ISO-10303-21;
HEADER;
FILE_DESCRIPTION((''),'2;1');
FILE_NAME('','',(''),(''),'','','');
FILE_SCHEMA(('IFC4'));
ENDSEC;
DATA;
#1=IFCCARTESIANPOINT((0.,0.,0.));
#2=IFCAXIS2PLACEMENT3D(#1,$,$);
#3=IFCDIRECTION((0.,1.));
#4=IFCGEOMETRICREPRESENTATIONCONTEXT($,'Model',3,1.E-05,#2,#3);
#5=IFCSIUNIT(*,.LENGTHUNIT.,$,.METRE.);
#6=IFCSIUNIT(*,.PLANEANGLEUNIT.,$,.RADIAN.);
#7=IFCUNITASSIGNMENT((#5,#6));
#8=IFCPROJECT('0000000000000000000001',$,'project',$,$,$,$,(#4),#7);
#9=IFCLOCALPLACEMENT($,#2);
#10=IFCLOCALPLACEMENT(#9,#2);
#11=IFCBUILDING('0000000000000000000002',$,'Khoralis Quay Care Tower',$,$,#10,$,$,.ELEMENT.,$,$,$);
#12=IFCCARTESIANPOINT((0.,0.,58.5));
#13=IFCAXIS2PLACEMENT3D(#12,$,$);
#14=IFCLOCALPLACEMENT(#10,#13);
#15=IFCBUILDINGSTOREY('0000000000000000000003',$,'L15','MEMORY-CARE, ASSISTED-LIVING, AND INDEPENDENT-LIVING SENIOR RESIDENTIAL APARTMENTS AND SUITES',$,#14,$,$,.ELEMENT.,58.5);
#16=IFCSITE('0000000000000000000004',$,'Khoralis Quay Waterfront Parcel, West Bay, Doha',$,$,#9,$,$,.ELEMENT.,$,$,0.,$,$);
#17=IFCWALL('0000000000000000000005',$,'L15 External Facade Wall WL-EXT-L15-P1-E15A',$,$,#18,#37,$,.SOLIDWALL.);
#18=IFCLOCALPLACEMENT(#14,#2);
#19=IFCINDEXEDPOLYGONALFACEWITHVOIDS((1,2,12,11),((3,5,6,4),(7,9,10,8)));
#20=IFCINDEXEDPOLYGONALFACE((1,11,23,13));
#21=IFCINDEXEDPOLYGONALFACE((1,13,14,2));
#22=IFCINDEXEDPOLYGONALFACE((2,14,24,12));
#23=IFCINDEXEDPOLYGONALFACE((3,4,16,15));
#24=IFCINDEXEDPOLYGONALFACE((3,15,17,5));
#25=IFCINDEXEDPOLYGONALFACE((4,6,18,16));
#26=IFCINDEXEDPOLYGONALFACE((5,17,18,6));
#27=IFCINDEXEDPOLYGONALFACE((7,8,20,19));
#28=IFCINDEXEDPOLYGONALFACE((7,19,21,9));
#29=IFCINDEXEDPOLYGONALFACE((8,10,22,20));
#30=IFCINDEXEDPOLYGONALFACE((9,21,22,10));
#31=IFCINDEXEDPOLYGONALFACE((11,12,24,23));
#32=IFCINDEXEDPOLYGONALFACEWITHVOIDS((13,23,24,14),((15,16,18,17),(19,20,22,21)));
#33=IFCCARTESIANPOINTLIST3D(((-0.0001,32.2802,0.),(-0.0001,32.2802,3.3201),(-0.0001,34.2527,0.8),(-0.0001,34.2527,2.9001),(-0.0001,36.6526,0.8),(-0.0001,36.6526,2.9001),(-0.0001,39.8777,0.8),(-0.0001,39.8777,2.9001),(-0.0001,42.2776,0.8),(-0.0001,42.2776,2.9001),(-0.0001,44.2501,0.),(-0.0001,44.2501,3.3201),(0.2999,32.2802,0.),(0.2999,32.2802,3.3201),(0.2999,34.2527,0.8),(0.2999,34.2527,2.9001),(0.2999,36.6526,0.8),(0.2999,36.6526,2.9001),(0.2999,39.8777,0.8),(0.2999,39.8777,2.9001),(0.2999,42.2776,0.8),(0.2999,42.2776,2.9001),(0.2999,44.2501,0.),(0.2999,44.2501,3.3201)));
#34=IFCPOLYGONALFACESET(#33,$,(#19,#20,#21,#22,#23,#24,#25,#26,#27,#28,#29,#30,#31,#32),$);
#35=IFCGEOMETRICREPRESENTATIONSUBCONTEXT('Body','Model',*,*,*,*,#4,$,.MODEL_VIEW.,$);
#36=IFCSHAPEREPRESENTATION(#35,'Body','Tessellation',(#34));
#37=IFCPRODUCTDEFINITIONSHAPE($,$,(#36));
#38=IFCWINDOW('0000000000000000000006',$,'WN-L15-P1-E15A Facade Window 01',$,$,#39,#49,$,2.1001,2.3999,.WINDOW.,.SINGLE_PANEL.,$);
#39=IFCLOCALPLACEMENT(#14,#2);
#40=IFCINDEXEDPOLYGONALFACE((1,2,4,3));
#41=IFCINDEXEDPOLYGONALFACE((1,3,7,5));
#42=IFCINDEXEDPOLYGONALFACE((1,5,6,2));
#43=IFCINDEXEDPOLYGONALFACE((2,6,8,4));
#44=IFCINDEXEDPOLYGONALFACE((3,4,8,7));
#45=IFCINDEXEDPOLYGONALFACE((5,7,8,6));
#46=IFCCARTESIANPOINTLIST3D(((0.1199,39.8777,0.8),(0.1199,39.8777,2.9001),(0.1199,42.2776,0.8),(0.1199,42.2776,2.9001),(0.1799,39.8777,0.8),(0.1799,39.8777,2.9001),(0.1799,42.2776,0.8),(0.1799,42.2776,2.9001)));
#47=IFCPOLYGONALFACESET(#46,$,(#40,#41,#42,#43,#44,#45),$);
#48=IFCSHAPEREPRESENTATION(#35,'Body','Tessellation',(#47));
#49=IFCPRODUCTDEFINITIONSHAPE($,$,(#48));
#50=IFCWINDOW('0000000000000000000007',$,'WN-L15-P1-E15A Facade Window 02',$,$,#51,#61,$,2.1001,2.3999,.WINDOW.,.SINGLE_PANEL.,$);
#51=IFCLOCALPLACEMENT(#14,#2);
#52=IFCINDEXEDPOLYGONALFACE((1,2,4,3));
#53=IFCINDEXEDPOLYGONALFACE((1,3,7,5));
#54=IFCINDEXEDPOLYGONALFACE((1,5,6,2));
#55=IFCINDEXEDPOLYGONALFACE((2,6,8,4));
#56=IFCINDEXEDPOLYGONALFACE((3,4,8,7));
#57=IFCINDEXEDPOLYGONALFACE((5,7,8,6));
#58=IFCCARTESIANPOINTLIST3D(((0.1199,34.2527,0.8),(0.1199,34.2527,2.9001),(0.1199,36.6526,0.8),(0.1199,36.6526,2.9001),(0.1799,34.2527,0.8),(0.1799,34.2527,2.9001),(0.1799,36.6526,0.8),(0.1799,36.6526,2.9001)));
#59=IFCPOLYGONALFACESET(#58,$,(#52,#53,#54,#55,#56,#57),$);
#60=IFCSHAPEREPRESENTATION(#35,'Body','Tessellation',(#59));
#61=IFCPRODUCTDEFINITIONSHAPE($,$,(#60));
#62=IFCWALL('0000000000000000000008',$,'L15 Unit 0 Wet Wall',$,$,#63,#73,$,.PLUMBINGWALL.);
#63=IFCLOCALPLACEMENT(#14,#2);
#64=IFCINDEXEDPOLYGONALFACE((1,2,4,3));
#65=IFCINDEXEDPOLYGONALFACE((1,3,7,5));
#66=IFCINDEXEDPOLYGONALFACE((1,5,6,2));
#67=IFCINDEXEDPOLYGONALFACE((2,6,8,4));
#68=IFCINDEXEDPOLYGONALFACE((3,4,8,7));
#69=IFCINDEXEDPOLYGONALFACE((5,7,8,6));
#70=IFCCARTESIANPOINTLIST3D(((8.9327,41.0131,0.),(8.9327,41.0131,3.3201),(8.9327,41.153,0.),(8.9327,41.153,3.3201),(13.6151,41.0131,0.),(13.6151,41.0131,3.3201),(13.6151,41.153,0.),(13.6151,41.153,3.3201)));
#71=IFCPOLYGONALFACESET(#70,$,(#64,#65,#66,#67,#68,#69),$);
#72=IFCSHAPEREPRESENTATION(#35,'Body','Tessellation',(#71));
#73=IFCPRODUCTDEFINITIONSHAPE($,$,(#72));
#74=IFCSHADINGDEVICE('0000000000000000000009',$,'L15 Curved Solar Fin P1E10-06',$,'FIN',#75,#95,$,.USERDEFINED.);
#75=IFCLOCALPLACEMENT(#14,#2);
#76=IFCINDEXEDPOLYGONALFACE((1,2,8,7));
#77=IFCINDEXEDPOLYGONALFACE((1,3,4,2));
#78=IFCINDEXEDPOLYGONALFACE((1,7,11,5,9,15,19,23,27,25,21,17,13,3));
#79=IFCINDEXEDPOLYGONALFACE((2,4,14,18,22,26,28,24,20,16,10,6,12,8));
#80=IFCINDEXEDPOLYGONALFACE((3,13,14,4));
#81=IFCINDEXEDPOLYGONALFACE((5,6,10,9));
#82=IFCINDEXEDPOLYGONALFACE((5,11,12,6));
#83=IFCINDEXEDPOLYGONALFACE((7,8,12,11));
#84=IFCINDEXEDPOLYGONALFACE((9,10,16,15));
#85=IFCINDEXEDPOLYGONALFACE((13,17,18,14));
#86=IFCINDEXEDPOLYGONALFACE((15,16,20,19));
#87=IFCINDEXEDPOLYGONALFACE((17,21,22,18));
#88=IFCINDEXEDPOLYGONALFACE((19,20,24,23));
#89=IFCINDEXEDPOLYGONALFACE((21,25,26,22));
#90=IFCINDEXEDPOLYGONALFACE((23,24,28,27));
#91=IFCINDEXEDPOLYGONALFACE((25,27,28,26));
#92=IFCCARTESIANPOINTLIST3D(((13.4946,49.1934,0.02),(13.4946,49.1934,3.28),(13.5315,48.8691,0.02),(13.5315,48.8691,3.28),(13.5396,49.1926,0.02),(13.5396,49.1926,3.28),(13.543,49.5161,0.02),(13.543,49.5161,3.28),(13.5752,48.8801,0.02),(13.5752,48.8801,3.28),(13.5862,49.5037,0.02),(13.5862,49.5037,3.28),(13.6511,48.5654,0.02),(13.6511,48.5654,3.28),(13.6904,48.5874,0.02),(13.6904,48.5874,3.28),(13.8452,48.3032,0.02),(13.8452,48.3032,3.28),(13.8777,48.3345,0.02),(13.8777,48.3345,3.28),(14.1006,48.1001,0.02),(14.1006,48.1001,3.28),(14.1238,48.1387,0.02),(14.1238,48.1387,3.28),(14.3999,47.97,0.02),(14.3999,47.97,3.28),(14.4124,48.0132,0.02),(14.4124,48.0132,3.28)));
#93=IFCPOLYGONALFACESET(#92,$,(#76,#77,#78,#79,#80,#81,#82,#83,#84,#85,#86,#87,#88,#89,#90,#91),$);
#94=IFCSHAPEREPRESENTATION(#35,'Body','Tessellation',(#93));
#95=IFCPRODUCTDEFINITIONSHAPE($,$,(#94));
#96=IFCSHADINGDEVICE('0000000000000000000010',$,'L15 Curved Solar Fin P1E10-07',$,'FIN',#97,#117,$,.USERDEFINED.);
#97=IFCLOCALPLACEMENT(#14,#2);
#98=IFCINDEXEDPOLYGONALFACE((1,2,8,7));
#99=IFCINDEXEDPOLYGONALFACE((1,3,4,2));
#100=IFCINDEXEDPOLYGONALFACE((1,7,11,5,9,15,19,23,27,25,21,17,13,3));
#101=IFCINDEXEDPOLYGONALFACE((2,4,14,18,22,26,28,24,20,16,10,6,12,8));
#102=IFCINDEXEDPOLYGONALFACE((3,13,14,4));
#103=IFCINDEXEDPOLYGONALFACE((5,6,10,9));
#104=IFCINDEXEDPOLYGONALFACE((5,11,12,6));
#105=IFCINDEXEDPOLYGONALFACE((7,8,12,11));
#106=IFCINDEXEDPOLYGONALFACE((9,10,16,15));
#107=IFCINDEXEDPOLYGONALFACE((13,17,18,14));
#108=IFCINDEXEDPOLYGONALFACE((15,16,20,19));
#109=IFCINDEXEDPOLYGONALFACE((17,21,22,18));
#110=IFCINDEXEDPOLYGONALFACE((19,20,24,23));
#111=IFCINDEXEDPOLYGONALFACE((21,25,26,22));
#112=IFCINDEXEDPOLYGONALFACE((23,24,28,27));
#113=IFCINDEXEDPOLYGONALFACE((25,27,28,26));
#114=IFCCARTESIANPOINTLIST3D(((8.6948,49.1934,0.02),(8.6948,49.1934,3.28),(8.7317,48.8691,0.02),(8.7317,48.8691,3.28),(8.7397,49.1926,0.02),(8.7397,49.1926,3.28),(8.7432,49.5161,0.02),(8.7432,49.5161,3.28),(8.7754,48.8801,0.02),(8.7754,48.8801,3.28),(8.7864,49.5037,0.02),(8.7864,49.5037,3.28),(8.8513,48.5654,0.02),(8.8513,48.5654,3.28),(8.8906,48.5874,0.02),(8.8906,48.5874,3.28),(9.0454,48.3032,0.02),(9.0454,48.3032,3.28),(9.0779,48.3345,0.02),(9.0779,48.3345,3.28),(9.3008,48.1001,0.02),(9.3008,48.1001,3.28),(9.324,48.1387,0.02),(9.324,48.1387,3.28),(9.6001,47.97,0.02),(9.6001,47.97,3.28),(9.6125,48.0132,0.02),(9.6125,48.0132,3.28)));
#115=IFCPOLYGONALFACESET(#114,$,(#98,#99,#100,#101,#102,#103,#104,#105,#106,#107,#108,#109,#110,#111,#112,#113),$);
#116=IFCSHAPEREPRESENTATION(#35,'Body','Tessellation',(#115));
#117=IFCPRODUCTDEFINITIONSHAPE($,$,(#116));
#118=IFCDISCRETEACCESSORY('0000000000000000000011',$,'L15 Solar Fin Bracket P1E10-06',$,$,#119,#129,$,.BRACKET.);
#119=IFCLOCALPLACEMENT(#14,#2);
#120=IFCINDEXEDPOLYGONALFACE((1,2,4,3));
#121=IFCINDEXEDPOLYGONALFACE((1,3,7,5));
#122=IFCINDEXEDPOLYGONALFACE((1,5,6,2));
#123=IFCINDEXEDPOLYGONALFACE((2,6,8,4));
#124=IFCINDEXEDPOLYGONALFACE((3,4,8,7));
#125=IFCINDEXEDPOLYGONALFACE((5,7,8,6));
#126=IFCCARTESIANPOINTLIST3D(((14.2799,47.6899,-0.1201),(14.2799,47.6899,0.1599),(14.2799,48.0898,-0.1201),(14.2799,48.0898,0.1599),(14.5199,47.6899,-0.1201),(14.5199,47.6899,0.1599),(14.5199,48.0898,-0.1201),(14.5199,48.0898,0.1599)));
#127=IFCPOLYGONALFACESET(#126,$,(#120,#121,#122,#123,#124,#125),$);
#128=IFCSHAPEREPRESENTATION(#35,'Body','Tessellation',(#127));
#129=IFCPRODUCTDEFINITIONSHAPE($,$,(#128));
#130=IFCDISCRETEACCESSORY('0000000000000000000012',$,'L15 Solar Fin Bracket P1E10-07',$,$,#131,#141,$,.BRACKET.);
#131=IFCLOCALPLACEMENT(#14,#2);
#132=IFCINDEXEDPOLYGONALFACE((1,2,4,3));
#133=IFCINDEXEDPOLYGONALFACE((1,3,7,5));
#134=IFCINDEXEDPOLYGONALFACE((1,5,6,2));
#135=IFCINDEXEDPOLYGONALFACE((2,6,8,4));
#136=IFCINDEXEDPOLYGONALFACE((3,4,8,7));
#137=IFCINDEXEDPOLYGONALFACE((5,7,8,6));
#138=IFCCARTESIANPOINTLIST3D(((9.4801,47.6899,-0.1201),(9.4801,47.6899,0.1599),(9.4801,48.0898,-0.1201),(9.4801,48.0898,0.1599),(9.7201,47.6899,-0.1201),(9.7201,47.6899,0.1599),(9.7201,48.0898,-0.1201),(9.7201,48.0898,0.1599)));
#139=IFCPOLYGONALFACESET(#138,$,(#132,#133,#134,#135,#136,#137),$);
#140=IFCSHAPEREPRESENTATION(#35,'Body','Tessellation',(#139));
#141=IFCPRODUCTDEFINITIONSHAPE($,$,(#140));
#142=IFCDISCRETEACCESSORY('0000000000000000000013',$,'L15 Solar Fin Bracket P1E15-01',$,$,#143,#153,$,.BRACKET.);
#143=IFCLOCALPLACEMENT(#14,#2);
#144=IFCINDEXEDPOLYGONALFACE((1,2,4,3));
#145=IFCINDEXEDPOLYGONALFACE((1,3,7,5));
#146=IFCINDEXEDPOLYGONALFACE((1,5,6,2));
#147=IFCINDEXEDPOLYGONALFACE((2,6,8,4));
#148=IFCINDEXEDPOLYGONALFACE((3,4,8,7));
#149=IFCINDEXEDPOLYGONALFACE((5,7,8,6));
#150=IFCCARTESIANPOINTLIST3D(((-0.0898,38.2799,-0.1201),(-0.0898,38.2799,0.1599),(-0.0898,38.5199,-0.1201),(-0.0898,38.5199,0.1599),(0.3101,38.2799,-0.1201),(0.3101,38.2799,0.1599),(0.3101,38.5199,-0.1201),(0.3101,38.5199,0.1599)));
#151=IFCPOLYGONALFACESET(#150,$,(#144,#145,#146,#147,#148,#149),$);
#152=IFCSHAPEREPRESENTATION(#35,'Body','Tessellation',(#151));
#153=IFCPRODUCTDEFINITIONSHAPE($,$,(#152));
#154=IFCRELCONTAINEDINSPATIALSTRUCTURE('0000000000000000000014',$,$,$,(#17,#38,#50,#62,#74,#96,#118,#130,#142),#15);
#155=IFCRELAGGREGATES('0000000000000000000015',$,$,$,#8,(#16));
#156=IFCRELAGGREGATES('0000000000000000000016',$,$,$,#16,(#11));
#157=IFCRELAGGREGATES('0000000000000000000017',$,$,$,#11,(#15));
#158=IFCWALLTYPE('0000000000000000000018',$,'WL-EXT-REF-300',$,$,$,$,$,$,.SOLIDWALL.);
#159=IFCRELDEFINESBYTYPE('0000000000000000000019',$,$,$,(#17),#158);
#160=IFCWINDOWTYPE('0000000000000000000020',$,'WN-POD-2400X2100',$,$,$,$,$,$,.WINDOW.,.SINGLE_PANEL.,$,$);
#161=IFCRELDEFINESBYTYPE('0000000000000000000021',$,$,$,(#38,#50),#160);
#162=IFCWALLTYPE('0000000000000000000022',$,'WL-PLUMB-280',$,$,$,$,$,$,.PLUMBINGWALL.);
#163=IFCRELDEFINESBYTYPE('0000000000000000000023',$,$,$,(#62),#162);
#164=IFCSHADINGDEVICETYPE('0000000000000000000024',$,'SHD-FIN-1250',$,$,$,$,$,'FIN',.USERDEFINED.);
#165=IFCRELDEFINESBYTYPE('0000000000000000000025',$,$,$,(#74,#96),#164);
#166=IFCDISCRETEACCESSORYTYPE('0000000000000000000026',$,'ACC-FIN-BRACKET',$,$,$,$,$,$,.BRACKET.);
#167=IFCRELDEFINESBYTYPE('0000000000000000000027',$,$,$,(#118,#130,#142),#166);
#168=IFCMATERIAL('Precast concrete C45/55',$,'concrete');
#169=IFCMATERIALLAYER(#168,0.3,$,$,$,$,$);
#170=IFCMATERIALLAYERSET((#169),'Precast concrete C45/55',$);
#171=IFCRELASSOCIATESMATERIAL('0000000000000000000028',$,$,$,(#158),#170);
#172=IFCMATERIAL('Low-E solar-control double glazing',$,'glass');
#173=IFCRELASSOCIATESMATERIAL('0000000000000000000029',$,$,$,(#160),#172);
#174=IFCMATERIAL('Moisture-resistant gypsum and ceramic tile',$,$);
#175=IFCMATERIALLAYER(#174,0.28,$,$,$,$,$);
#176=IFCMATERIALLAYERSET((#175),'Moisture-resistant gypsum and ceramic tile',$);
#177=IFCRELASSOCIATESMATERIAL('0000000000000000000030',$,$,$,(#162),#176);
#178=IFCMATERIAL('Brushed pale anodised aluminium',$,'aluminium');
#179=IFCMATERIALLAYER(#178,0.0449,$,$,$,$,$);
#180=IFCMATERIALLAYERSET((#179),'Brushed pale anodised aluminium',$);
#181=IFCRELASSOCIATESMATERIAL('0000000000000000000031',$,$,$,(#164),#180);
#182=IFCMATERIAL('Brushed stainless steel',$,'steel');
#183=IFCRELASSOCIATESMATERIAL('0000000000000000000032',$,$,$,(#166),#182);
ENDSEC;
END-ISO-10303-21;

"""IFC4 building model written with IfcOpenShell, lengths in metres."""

from ifc_helpers import new_model, si_unit, direction, frame, frame_2d, origin, origin_2d, place, context, subcontext, project, spatial, polyline, rectangle, outline, extrude, source, transform, mapped, material, layer, layer_set, type_object, element, fill, save


model = new_model("IFC4")

# Units and contexts
model_context = context("Model", 3, precision=1e-05, world=origin(), true_north=direction((0.0, 1.0)))
body_context = subcontext(model_context, "Body", "Model", "MODEL_VIEW")
ifc_project = project(units=[si_unit("LENGTHUNIT", "METRE"), si_unit("PLANEANGLEUNIT", "RADIAN")], contexts=[model_context])

# Site, building, storey
site_placement = place(None, origin())
site = spatial("IfcSite", under=ifc_project, at=site_placement, Name="Khoralis Quay Waterfront Parcel, West Bay, Doha", CompositionType="ELEMENT", RefElevation=0.0)
building_placement = place(site_placement, origin())
building = spatial("IfcBuilding", under=site, at=building_placement, Name="Khoralis Quay Care Tower", CompositionType="ELEMENT")
storey_placement = place(building_placement, frame((0.0, 0.0, 58.5)))
storey = spatial("IfcBuildingStorey", under=building, at=storey_placement, Name="L15", Description="MEMORY-CARE, ASSISTED-LIVING, AND INDEPENDENT-LIVING SENIOR RESIDENTIAL APARTMENTS AND SUITES", CompositionType="ELEMENT", Elevation=58.5)

# Shared definitions
ifc_material_1 = material(Name="Precast concrete C45/55", Category="concrete")
ifc_layer_1 = layer(ifc_material_1, 0.3)
ifc_layer_set_1 = layer_set([ifc_layer_1], Name="Precast concrete C45/55")
wall_type_1 = type_object("IfcWallType", Name="WL-EXT-REF-300", PredefinedType="SOLIDWALL", material=ifc_layer_set_1)

# Wall, openings, windows
wall_1_placement = place(storey_placement, frame((0.1499, 44.25, 0.0), z_axis=(0.0, 0.0, 1.0), x_axis=(0.0, -1.0, 0.0)))
wall_1 = element("IfcWall", 1, at=wall_1_placement, inside=storey, type_object=wall_type_1, Name="L15 External Facade Wall WL-EXT-L15-P1-E15A", PredefinedType="SOLIDWALL", context=body_context, shape_type="SweptSolid", body=[
    extrude(rectangle(XDim=11.97, YDim=0.3, at=frame_2d((5.9849, 0.0))), origin(), (0.0, 0.0, 1.0), 3.3201),
])
opening_1_placement = place(wall_1_placement, frame((1.9724, 0.0, 0.8)))
opening_1 = element("IfcOpeningElement", 2, at=opening_1_placement, cuts=wall_1, PredefinedType="OPENING", context=body_context, shape_type="SweptSolid", body=[
    extrude(rectangle(XDim=2.3999, YDim=2.1001, at=frame_2d((1.2, 1.05))), frame((0.0, 0.1602, 0.0), z_axis=(0.0, -1.0, 0.0), x_axis=(1.0, 0.0, 0.0)), (0.0, 0.0, 1.0), 0.3201),
])
opening_2_placement = place(wall_1_placement, frame((7.5974, 0.0, 0.8)))
opening_2 = element("IfcOpeningElement", 3, at=opening_2_placement, cuts=wall_1, PredefinedType="OPENING", context=body_context, shape_type="SweptSolid", body=[
    extrude(rectangle(XDim=2.3999, YDim=2.1001, at=frame_2d((1.2, 1.05))), frame((0.0, 0.1602, 0.0), z_axis=(0.0, -1.0, 0.0), x_axis=(1.0, 0.0, 0.0)), (0.0, 0.0, 1.0), 0.3201),
])
ifc_material_2 = material(Name="Low-E solar-control double glazing", Category="glass")
window_type = type_object("IfcWindowType", Name="WN-POD-2400X2100", PartitioningType="SINGLE_PANEL", PredefinedType="WINDOW", material=ifc_material_2)
shared_shape_1 = source(origin(), body_context, "Body", "SweptSolid", [
    extrude(rectangle(XDim=2.3999, YDim=2.1001, at=frame_2d((1.2, 1.05))), frame((0.0, 0.03, 0.0), z_axis=(0.0, -1.0, 0.0), x_axis=(1.0, 0.0, 0.0)), (0.0, 0.0, 1.0), 0.0601),
])
window_1_placement = place(opening_1_placement, origin())
window_1 = element("IfcWindow", 4, at=window_1_placement, inside=storey, type_object=window_type, Name="WN-L15-P1-E15A Facade Window 01", OverallHeight=2.1001, OverallWidth=2.3999, PartitioningType="SINGLE_PANEL", PredefinedType="WINDOW", context=body_context, shape_type="MappedRepresentation", body=[
    mapped(shared_shape_1, transform((0.0, 0.0, 0.0), scale=1.0)),
])
fill(opening_1, window_1)
window_2_placement = place(opening_2_placement, origin())
window_2 = element("IfcWindow", 5, at=window_2_placement, inside=storey, type_object=window_type, Name="WN-L15-P1-E15A Facade Window 02", OverallHeight=2.1001, OverallWidth=2.3999, PartitioningType="SINGLE_PANEL", PredefinedType="WINDOW", context=body_context, shape_type="MappedRepresentation", body=[
    mapped(shared_shape_1, transform((0.0, 0.0, 0.0), scale=1.0)),
])
fill(opening_2, window_2)

# Wall
ifc_material_3 = material(Name="Moisture-resistant gypsum and ceramic tile")
ifc_layer_2 = layer(ifc_material_3, 0.28)
ifc_layer_set_2 = layer_set([ifc_layer_2], Name="Moisture-resistant gypsum and ceramic tile")
wall_type_2 = type_object("IfcWallType", Name="WL-PLUMB-280", PredefinedType="PLUMBINGWALL", material=ifc_layer_set_2)
wall_2_placement = place(storey_placement, frame((8.9326, 41.083, 0.0), z_axis=(0.0, 0.0, 1.0), x_axis=(1.0, 0.0, 0.0)))
element("IfcWall", 6, at=wall_2_placement, inside=storey, type_object=wall_type_2, Name="L15 Unit 0 Wet Wall", PredefinedType="PLUMBINGWALL", context=body_context, shape_type="SweptSolid", body=[
    extrude(rectangle(XDim=4.6824, YDim=0.1399, at=frame_2d((2.3413, 0.0))), origin(), (0.0, 0.0, 1.0), 3.3201),
])

# Shading devices
ifc_material_4 = material(Name="Brushed pale anodised aluminium", Category="aluminium")
ifc_layer_3 = layer(ifc_material_4, 0.0449)
ifc_layer_set_3 = layer_set([ifc_layer_3], Name="Brushed pale anodised aluminium")
shading_device_type = type_object("IfcShadingDeviceType", Name="SHD-FIN-1250", ElementType="FIN", PredefinedType="USERDEFINED", material=ifc_layer_set_3)
shared_shape_2 = source(origin(), body_context, "Body", "SweptSolid", [
    extrude(outline(polyline([(0.0, 0.0), (0.1301, 0.2993), (0.3333, 0.5547), (0.5955, 0.7488), (0.8992, 0.8684), (1.2234, 0.9053), (1.5461, 0.8569), (1.5337, 0.8137), (1.2227, 0.8604), (0.9102, 0.8247), (0.6174, 0.7095), (0.3645, 0.5222), (0.1687, 0.2761), (0.0432, -0.0125), (0.0, 0.0)])), origin(), (0.0, 0.0, 1.0), 3.26),
])
for number, where, z_axis, x_axis, name in (
    (7, (14.3999, 47.97, 0.02), (0.0, 0.0, 1.0), (0.0, 1.0, 0.0), "L15 Curved Solar Fin P1E10-06"),
    (8, (9.6001, 47.97, 0.02), (0.0, 0.0, 1.0), (0.0, 1.0, 0.0), "L15 Curved Solar Fin P1E10-07"),
):
    element("IfcShadingDevice", number, at=place(storey_placement, frame(where, z_axis=z_axis, x_axis=x_axis)), inside=storey, type_object=shading_device_type, Name=name, ObjectType="FIN", PredefinedType="USERDEFINED", context=body_context, shape_type="MappedRepresentation", body=[
        mapped(shared_shape_2, transform((0.0, 0.0, 0.0), scale=1.0)),
    ])

# Discrete accessories
ifc_material_5 = material(Name="Brushed stainless steel", Category="steel")
discrete_accessory_type = type_object("IfcDiscreteAccessoryType", Name="ACC-FIN-BRACKET", PredefinedType="BRACKET", material=ifc_material_5)
shared_shape_3 = source(origin(), body_context, "Body", "SweptSolid", [
    extrude(rectangle(XDim=0.3999, YDim=0.24, at=origin_2d()), origin(), (0.0, 0.0, 1.0), 0.28),
])
for number, where, z_axis, x_axis, name in (
    (9, (14.3999, 47.8899, -0.1201), (0.0, 0.0, 1.0), (0.0, 1.0, 0.0), "L15 Solar Fin Bracket P1E10-06"),
    (10, (9.6001, 47.8899, -0.1201), (0.0, 0.0, 1.0), (0.0, 1.0, 0.0), "L15 Solar Fin Bracket P1E10-07"),
    (11, (0.1101, 38.3999, -0.1201), (0.0, 0.0, 1.0), (-1.0, 0.0, 0.0), "L15 Solar Fin Bracket P1E15-01"),
):
    element("IfcDiscreteAccessory", number, at=place(storey_placement, frame(where, z_axis=z_axis, x_axis=x_axis)), inside=storey, type_object=discrete_accessory_type, Name=name, PredefinedType="BRACKET", context=body_context, shape_type="MappedRepresentation", body=[
        mapped(shared_shape_3, transform((0.0, 0.0, 0.0), scale=1.0)),
    ])

save(model, "model.ifc")
